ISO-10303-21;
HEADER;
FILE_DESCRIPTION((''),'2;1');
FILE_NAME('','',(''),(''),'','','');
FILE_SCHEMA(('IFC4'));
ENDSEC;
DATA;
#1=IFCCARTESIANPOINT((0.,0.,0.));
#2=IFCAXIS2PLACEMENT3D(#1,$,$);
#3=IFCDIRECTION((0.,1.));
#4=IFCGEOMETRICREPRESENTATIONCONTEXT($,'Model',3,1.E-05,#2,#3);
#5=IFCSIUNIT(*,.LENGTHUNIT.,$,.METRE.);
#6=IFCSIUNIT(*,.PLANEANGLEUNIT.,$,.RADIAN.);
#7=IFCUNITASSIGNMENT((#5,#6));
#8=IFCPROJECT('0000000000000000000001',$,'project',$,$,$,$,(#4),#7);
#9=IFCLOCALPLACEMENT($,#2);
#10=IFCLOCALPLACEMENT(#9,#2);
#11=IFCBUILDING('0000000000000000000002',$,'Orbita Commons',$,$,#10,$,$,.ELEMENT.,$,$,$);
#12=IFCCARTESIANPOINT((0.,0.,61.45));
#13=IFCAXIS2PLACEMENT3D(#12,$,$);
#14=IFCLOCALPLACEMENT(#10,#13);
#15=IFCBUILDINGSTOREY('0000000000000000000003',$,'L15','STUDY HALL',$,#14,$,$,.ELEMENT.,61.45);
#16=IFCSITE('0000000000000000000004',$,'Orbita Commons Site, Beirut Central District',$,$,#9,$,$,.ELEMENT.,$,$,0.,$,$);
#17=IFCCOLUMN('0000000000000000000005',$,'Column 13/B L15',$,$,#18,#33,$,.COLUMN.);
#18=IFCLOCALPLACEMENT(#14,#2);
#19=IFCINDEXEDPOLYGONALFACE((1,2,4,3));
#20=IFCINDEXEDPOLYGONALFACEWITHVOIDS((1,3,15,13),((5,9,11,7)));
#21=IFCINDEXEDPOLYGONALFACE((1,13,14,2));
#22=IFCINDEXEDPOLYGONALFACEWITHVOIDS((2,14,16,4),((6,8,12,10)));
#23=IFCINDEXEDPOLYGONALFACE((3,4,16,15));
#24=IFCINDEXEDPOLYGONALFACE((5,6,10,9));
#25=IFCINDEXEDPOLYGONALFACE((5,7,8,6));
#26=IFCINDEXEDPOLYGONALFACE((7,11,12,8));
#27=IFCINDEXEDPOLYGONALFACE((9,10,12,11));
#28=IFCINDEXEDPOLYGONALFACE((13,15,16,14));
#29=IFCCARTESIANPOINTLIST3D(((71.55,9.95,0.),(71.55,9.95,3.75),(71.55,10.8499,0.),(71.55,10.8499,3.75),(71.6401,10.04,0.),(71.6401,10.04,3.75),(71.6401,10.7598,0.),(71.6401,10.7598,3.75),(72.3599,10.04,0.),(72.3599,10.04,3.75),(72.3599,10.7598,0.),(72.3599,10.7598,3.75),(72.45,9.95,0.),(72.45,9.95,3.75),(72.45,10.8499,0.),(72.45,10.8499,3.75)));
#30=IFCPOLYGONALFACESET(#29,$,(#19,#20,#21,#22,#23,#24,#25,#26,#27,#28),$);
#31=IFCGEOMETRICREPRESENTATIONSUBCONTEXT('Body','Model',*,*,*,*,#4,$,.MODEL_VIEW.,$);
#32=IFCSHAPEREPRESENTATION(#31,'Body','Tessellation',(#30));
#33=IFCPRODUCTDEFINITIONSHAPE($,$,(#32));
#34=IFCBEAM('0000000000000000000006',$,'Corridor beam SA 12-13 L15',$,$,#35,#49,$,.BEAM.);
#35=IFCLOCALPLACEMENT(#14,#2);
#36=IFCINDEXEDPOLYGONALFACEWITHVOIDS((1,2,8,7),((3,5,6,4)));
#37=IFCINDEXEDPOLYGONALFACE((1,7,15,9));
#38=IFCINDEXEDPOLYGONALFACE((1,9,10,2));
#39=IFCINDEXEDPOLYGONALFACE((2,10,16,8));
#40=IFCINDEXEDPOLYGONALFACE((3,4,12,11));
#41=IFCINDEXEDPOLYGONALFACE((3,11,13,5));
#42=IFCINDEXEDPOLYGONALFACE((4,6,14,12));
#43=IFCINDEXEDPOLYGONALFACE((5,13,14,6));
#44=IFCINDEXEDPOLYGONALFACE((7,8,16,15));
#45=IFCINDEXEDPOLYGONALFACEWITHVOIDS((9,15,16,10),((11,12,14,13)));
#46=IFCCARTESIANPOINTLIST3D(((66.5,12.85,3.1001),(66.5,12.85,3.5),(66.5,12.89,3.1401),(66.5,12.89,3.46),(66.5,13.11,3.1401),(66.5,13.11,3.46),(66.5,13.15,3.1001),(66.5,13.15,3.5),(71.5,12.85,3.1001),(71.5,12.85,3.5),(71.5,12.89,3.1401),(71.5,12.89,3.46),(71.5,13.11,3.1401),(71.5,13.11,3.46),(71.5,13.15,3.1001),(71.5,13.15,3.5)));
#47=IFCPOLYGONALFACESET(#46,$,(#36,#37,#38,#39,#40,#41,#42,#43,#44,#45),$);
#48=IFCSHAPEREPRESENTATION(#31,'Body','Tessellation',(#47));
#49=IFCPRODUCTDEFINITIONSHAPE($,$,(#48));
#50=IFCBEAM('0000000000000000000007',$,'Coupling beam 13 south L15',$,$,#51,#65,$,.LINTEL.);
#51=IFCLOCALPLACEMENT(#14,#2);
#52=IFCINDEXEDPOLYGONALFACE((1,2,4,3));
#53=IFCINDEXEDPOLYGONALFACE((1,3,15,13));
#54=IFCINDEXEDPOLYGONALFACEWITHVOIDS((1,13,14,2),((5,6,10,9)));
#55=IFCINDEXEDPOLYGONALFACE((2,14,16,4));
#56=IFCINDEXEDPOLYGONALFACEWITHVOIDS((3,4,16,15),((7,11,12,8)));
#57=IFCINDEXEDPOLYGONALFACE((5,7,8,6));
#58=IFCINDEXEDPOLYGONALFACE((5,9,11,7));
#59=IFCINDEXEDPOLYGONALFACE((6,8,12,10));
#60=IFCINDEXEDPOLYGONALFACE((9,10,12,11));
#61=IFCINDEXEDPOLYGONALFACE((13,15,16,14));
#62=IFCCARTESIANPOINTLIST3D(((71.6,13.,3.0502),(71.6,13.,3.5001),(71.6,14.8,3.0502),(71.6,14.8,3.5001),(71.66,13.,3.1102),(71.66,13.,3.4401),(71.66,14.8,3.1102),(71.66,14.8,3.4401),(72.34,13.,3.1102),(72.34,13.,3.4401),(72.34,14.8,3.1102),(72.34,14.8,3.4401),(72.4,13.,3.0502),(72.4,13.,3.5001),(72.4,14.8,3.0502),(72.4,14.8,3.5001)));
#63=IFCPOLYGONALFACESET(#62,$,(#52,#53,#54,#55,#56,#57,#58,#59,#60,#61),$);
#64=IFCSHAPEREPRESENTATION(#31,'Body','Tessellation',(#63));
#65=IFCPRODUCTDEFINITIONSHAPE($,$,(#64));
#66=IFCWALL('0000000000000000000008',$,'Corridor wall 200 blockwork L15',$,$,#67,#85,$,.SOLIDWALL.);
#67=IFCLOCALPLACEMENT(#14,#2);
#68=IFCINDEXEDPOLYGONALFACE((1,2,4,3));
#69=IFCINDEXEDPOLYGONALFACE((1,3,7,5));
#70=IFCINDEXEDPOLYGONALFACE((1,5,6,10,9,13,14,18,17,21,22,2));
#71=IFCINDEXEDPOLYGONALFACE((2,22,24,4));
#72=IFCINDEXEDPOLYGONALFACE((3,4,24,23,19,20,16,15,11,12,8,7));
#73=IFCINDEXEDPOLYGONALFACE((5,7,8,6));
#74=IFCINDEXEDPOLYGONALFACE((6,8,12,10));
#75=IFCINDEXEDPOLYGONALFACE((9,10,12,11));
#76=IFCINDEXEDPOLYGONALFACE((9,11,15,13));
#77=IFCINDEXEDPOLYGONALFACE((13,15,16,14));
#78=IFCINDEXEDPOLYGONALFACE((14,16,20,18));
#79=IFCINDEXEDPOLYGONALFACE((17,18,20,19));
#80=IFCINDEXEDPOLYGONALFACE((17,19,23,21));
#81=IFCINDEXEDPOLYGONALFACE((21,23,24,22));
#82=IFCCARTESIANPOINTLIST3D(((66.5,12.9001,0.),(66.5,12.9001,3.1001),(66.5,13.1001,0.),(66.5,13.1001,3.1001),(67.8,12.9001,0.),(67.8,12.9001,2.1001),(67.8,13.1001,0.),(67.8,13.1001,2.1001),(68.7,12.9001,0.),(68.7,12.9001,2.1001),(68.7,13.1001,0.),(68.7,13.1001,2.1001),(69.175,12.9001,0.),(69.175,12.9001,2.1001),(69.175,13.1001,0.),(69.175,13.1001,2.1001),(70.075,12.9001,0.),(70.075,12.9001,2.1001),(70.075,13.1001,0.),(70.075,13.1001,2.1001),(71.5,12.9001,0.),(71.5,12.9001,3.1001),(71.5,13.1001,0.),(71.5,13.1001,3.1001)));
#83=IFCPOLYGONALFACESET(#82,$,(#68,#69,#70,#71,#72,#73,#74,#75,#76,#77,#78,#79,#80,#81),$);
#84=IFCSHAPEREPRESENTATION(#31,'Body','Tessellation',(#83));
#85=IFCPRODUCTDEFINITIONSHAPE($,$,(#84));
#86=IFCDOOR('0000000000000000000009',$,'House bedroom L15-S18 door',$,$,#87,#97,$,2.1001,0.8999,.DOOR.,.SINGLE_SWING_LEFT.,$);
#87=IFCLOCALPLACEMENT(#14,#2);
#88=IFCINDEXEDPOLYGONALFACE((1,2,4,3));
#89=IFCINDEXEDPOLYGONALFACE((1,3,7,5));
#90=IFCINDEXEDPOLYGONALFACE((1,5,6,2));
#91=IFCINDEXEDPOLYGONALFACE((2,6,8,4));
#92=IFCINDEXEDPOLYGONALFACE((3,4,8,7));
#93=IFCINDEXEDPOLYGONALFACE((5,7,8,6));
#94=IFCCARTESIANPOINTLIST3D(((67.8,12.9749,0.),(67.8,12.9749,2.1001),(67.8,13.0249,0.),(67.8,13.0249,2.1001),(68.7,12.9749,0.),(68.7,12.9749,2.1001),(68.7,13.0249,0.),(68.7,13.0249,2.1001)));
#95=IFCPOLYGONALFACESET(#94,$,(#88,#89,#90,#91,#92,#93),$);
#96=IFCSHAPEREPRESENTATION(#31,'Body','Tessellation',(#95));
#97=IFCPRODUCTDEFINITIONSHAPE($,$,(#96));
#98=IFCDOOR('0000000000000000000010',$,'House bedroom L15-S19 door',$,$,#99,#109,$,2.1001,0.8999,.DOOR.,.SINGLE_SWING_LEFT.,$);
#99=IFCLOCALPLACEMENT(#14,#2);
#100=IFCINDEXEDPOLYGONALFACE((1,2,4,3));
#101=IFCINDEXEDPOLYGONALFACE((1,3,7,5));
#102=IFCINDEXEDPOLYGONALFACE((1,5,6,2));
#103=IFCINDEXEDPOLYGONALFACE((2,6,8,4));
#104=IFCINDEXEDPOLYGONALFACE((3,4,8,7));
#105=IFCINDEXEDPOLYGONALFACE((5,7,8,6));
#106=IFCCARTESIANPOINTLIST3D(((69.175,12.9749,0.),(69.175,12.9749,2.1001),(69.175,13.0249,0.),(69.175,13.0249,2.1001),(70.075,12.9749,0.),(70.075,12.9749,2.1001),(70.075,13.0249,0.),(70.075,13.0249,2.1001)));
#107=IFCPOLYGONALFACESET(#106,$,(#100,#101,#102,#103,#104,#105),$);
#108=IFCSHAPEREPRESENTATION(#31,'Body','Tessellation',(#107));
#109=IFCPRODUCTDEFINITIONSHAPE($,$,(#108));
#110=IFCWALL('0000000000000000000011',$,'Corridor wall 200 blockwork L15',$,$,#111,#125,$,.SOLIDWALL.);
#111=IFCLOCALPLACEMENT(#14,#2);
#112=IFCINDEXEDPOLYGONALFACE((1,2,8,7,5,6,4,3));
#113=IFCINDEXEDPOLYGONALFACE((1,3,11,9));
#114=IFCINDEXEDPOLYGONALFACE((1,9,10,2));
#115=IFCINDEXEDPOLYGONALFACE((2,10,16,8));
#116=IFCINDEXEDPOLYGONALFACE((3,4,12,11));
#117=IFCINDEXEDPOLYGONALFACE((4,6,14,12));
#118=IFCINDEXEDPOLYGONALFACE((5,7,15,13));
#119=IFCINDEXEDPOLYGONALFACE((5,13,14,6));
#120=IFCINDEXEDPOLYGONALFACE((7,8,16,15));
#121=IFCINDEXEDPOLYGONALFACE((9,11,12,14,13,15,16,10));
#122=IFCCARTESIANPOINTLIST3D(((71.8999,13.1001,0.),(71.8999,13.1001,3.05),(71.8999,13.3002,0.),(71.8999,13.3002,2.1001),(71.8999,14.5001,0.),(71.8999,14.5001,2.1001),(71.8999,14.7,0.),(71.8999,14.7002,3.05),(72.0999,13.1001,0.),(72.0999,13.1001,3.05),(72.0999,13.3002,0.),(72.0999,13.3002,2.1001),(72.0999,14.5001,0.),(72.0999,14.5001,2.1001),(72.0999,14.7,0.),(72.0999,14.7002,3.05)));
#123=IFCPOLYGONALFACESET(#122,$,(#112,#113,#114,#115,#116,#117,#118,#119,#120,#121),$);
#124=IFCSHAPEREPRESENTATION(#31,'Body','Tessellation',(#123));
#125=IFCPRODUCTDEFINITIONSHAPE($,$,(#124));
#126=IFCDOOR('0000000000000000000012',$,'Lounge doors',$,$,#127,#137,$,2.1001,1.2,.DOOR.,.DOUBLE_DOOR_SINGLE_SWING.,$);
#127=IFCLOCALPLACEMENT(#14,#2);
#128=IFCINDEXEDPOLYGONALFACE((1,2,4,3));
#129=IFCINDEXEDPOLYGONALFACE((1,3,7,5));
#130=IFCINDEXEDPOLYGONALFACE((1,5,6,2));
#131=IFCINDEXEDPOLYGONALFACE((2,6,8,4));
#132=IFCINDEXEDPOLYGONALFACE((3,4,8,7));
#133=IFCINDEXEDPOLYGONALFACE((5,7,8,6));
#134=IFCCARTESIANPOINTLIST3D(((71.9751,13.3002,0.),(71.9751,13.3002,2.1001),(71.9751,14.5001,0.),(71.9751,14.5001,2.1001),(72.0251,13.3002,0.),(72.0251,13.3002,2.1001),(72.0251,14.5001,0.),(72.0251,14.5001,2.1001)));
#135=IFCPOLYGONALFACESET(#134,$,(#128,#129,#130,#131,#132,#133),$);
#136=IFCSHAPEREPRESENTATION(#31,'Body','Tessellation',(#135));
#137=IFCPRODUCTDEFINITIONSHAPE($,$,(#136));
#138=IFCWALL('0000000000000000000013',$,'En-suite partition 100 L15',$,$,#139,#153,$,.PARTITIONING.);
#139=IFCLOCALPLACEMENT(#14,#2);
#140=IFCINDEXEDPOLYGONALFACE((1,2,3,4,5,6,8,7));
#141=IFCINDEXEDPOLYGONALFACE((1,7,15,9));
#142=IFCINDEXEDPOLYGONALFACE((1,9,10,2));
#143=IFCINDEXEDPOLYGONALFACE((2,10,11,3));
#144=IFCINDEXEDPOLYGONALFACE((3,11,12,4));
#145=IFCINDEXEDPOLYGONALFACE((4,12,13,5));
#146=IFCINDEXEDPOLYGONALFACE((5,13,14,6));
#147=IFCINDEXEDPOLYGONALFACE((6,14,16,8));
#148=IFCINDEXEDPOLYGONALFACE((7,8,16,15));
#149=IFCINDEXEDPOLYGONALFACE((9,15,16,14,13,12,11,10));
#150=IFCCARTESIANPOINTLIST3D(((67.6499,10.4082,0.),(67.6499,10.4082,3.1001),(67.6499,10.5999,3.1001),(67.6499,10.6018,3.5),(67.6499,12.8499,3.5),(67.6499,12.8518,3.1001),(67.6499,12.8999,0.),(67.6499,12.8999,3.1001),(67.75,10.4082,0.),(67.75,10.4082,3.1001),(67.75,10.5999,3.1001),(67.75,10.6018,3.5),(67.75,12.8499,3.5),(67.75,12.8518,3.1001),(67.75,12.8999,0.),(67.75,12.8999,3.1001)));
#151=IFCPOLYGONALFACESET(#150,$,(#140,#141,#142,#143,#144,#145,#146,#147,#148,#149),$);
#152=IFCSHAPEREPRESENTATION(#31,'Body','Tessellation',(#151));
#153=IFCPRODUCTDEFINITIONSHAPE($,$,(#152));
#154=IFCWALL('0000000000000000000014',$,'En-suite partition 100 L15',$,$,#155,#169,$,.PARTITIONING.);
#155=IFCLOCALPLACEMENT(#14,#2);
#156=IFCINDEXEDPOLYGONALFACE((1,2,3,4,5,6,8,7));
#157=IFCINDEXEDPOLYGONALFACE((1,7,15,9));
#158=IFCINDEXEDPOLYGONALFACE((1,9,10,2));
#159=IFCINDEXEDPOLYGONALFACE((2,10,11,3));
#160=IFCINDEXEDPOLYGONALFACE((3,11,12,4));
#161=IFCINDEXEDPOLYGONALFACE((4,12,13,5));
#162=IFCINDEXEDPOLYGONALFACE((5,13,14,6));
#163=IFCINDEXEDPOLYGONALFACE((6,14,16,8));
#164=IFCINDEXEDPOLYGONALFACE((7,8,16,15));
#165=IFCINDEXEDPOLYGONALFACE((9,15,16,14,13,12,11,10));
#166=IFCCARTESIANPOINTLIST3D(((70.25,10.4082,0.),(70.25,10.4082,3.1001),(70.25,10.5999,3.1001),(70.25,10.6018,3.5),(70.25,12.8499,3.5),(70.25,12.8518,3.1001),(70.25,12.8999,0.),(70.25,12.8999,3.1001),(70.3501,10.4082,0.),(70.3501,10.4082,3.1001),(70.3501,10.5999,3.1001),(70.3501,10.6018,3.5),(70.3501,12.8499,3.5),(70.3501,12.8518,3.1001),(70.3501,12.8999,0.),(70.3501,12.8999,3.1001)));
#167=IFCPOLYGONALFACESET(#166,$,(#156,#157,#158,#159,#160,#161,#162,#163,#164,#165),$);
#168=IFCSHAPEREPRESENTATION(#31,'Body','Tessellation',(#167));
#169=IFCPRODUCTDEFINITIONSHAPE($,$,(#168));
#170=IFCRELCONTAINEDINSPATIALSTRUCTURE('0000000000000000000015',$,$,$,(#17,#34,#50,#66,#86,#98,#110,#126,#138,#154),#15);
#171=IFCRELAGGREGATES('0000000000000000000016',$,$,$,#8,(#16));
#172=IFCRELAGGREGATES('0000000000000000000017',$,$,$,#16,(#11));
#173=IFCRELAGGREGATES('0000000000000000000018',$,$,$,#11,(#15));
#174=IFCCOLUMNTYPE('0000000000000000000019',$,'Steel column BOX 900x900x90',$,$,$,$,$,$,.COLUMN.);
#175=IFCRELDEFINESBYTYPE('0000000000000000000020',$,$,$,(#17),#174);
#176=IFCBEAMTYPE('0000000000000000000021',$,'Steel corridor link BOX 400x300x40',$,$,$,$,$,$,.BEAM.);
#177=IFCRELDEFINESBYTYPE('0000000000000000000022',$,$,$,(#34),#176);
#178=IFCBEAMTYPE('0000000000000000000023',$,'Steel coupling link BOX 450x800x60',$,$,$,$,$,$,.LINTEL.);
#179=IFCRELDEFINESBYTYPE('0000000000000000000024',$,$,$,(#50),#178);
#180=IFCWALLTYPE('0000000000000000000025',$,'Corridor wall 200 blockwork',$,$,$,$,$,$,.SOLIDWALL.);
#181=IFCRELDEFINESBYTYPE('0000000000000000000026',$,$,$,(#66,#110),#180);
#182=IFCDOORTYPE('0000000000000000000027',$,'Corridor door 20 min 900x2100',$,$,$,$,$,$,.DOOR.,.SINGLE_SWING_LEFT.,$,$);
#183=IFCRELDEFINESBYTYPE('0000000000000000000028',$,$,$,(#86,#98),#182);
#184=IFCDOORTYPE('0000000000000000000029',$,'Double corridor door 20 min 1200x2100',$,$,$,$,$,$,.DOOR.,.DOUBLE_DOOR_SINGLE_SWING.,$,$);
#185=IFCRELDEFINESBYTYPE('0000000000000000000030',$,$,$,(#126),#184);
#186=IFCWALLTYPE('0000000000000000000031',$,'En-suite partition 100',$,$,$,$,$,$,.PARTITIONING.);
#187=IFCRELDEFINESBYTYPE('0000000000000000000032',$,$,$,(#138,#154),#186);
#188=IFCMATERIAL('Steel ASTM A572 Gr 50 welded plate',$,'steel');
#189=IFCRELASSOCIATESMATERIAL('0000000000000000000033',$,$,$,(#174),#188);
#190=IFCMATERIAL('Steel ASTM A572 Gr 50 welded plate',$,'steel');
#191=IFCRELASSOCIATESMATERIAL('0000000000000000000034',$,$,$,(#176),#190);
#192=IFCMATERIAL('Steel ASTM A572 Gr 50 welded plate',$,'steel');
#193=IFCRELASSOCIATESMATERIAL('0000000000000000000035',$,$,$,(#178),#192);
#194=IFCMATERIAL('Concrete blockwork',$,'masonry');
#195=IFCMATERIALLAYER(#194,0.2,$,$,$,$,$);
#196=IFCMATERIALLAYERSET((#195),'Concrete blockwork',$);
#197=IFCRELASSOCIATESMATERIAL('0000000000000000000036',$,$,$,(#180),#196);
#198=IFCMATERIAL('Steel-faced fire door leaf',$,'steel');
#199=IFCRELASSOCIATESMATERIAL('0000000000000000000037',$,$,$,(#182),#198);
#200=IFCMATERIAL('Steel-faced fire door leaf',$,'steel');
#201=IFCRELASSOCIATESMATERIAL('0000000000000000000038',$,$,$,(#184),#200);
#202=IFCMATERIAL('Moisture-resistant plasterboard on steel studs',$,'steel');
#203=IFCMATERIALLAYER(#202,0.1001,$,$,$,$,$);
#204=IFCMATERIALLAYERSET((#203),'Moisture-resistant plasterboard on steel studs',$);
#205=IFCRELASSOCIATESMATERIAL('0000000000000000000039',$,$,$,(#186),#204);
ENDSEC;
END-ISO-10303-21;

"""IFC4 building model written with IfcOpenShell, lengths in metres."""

from ifc_helpers import new_model, si_unit, direction, frame, frame_2d, origin, origin_2d, place, context, subcontext, project, spatial, polyline, rectangle, hollow_rectangle, outline, extrude, material, layer, layer_set, material_profile, profile_set, type_object, element, fill, save


model = new_model("IFC4")

# Units and contexts
model_context = context("Model", 3, precision=1e-05, world=origin(), true_north=direction((0.0, 1.0)))
body_context = subcontext(model_context, "Body", "Model", "MODEL_VIEW")
ifc_project = project(units=[si_unit("LENGTHUNIT", "METRE"), si_unit("PLANEANGLEUNIT", "RADIAN")], contexts=[model_context])

# Site, building, storey
site_placement = place(None, origin())
site = spatial("IfcSite", under=ifc_project, at=site_placement, Name="Orbita Commons Site, Beirut Central District", CompositionType="ELEMENT", RefElevation=0.0)
building_placement = place(site_placement, origin())
building = spatial("IfcBuilding", under=site, at=building_placement, Name="Orbita Commons", CompositionType="ELEMENT")
storey_placement = place(building_placement, frame((0.0, 0.0, 61.45)))
storey = spatial("IfcBuildingStorey", under=building, at=storey_placement, Name="L15", Description="STUDY HALL", CompositionType="ELEMENT", Elevation=61.45)

# Column
ifc_material_1 = material(Name="Steel ASTM A572 Gr 50 welded plate", Category="steel")
ifc_material_profile_1 = material_profile(ifc_material_1, hollow_rectangle(XDim=0.8999, YDim=0.8999, WallThickness=0.0901, at=origin_2d()), Name="BOX 900x900x90")
ifc_profile_set_1 = profile_set([ifc_material_profile_1], Name="Steel ASTM A572 Gr 50 welded plate")
column_type = type_object("IfcColumnType", Name="Steel column BOX 900x900x90", PredefinedType="COLUMN", material=ifc_profile_set_1)
column_placement = place(storey_placement, frame((72.0, 10.3999, 0.0), z_axis=(0.0, 0.0, 1.0), x_axis=(1.0, 0.0, 0.0)))
element("IfcColumn", 1, at=column_placement, inside=storey, type_object=column_type, Name="Column 13/B L15", PredefinedType="COLUMN", context=body_context, shape_type="SweptSolid", body=[
    extrude(hollow_rectangle(XDim=0.8999, YDim=0.8999, WallThickness=0.0901, at=origin_2d()), origin(), (0.0, 0.0, 1.0), 3.75),
])

# Beams
ifc_material_2 = material(Name="Steel ASTM A572 Gr 50 welded plate", Category="steel")
ifc_material_profile_2 = material_profile(ifc_material_2, hollow_rectangle(XDim=0.3, YDim=0.3999, WallThickness=0.04, at=origin_2d()), Name="BOX 400x300x40")
ifc_profile_set_2 = profile_set([ifc_material_profile_2], Name="Steel ASTM A572 Gr 50 welded plate")
beam_type_1 = type_object("IfcBeamType", Name="Steel corridor link BOX 400x300x40", PredefinedType="BEAM", material=ifc_profile_set_2)
beam_1_placement = place(storey_placement, frame((66.5, 13.0, 3.3), z_axis=(1.0, 0.0, 0.0), x_axis=(0.0, 1.0, 0.0)))
element("IfcBeam", 2, at=beam_1_placement, inside=storey, type_object=beam_type_1, Name="Corridor beam SA 12-13 L15", PredefinedType="BEAM", context=body_context, shape_type="SweptSolid", body=[
    extrude(hollow_rectangle(XDim=0.3, YDim=0.3999, WallThickness=0.04, at=origin_2d()), origin(), (0.0, 0.0, 1.0), 5.0),
])
ifc_material_3 = material(Name="Steel ASTM A572 Gr 50 welded plate", Category="steel")
ifc_material_profile_3 = material_profile(ifc_material_3, hollow_rectangle(XDim=0.8, YDim=0.45, WallThickness=0.0601, at=origin_2d()), Name="BOX 450x800x60")
ifc_profile_set_3 = profile_set([ifc_material_profile_3], Name="Steel ASTM A572 Gr 50 welded plate")
beam_type_2 = type_object("IfcBeamType", Name="Steel coupling link BOX 450x800x60", PredefinedType="LINTEL", material=ifc_profile_set_3)
beam_2_placement = place(storey_placement, frame((72.0, 13.0, 3.2751), z_axis=(0.0, 1.0, 0.0), x_axis=(-1.0, 0.0, 0.0)))
element("IfcBeam", 3, at=beam_2_placement, inside=storey, type_object=beam_type_2, Name="Coupling beam 13 south L15", PredefinedType="LINTEL", context=body_context, shape_type="SweptSolid", body=[
    extrude(hollow_rectangle(XDim=0.8, YDim=0.45, WallThickness=0.0601, at=origin_2d()), origin(), (0.0, 0.0, 1.0), 1.8),
])

# Wall, openings, doors
ifc_material_4 = material(Name="Concrete blockwork", Category="masonry")
ifc_layer_1 = layer(ifc_material_4, 0.2)
ifc_layer_set_1 = layer_set([ifc_layer_1], Name="Concrete blockwork")
wall_type_1 = type_object("IfcWallType", Name="Corridor wall 200 blockwork", PredefinedType="SOLIDWALL", material=ifc_layer_set_1)
wall_1_placement = place(storey_placement, frame((66.5, 13.0, 0.0), z_axis=(0.0, 0.0, 1.0), x_axis=(1.0, 0.0, 0.0)))
wall_1 = element("IfcWall", 4, at=wall_1_placement, inside=storey, type_object=wall_type_1, Name="Corridor wall 200 blockwork L15", PredefinedType="SOLIDWALL", context=body_context, shape_type="SweptSolid", body=[
    extrude(outline(polyline([(0.0, 0.0), (5.0, 0.0), (5.0, 3.1001), (0.0, 3.1001), (0.0, 0.0)])), frame((0.0, 0.1001, 0.0), z_axis=(0.0, -1.0, 0.0), x_axis=(1.0, 0.0, 0.0)), (0.0, 0.0, 1.0), 0.2),
])
opening_1_placement = place(wall_1_placement, frame((1.3, 0.0, 0.0)))
opening_1 = element("IfcOpeningElement", 5, at=opening_1_placement, cuts=wall_1, PredefinedType="OPENING", context=body_context, shape_type="SweptSolid", body=[
    extrude(rectangle(XDim=0.8999, YDim=2.1001, at=frame_2d((0.45, 1.05))), frame((0.0, 0.1099, 0.0), z_axis=(0.0, -1.0, 0.0), x_axis=(1.0, 0.0, 0.0)), (0.0, 0.0, 1.0), 0.22),
])
opening_2_placement = place(wall_1_placement, frame((2.675, 0.0, 0.0)))
opening_2 = element("IfcOpeningElement", 6, at=opening_2_placement, cuts=wall_1, PredefinedType="OPENING", context=body_context, shape_type="SweptSolid", body=[
    extrude(rectangle(XDim=0.8999, YDim=2.1001, at=frame_2d((0.45, 1.05))), frame((0.0, 0.1099, 0.0), z_axis=(0.0, -1.0, 0.0), x_axis=(1.0, 0.0, 0.0)), (0.0, 0.0, 1.0), 0.22),
])
ifc_material_5 = material(Name="Steel-faced fire door leaf", Category="steel")
door_type_1 = type_object("IfcDoorType", Name="Corridor door 20 min 900x2100", OperationType="SINGLE_SWING_LEFT", PredefinedType="DOOR", material=ifc_material_5)
door_1_placement = place(opening_1_placement, origin())
door_1 = element("IfcDoor", 7, at=door_1_placement, inside=storey, type_object=door_type_1, Name="House bedroom L15-S18 door", OperationType="SINGLE_SWING_LEFT", OverallHeight=2.1001, OverallWidth=0.8999, PredefinedType="DOOR", context=body_context, shape_type="SweptSolid", body=[
    extrude(rectangle(XDim=0.8999, YDim=2.1001, at=frame_2d((0.45, 1.05))), frame((0.0, 0.0249, 0.0), z_axis=(0.0, -1.0, 0.0), x_axis=(1.0, 0.0, 0.0)), (0.0, 0.0, 1.0), 0.05),
])
fill(opening_1, door_1)
door_2_placement = place(opening_2_placement, origin())
door_2 = element("IfcDoor", 8, at=door_2_placement, inside=storey, type_object=door_type_1, Name="House bedroom L15-S19 door", OperationType="SINGLE_SWING_LEFT", OverallHeight=2.1001, OverallWidth=0.8999, PredefinedType="DOOR", context=body_context, shape_type="SweptSolid", body=[
    extrude(rectangle(XDim=0.8999, YDim=2.1001, at=frame_2d((0.45, 1.05))), frame((0.0, 0.0249, 0.0), z_axis=(0.0, -1.0, 0.0), x_axis=(1.0, 0.0, 0.0)), (0.0, 0.0, 1.0), 0.05),
])
fill(opening_2, door_2)

# Wall, opening, door
wall_2_placement = place(storey_placement, frame((72.0, 13.1001, 0.0), z_axis=(0.0, 0.0, 1.0), x_axis=(0.0, 1.0, 0.0)))
wall_2 = element("IfcWall", 9, at=wall_2_placement, inside=storey, type_object=wall_type_1, Name="Corridor wall 200 blockwork L15", PredefinedType="SOLIDWALL", context=body_context, shape_type="SweptSolid", body=[
    extrude(outline(polyline([(0.0, 0.0), (1.5999, 0.0), (1.6001, 3.05), (0.0, 3.05), (0.0, 0.0)])), frame((0.0, 0.1001, 0.0), z_axis=(0.0, -1.0, 0.0), x_axis=(1.0, 0.0, 0.0)), (0.0, 0.0, 1.0), 0.2),
])
opening_3_placement = place(wall_2_placement, frame((0.2, 0.0, 0.0)))
opening_3 = element("IfcOpeningElement", 10, at=opening_3_placement, cuts=wall_2, PredefinedType="OPENING", context=body_context, shape_type="SweptSolid", body=[
    extrude(rectangle(XDim=1.2, YDim=2.1001, at=frame_2d((0.6001, 1.05))), frame((0.0, 0.1099, 0.0), z_axis=(0.0, -1.0, 0.0), x_axis=(1.0, 0.0, 0.0)), (0.0, 0.0, 1.0), 0.22),
])
ifc_material_6 = material(Name="Steel-faced fire door leaf", Category="steel")
door_type_2 = type_object("IfcDoorType", Name="Double corridor door 20 min 1200x2100", OperationType="DOUBLE_DOOR_SINGLE_SWING", PredefinedType="DOOR", material=ifc_material_6)
door_3_placement = place(opening_3_placement, origin())
door_3 = element("IfcDoor", 11, at=door_3_placement, inside=storey, type_object=door_type_2, Name="Lounge doors", OperationType="DOUBLE_DOOR_SINGLE_SWING", OverallHeight=2.1001, OverallWidth=1.2, PredefinedType="DOOR", context=body_context, shape_type="SweptSolid", body=[
    extrude(rectangle(XDim=1.2, YDim=2.1001, at=frame_2d((0.6001, 1.05))), frame((0.0, 0.0249, 0.0), z_axis=(0.0, -1.0, 0.0), x_axis=(1.0, 0.0, 0.0)), (0.0, 0.0, 1.0), 0.05),
])
fill(opening_3, door_3)

# Walls
ifc_material_7 = material(Name="Moisture-resistant plasterboard on steel studs", Category="steel")
ifc_layer_2 = layer(ifc_material_7, 0.1001)
ifc_layer_set_2 = layer_set([ifc_layer_2], Name="Moisture-resistant plasterboard on steel studs")
wall_type_2 = type_object("IfcWallType", Name="En-suite partition 100", PredefinedType="PARTITIONING", material=ifc_layer_set_2)
for number, where, z_axis, x_axis, name in (
    (12, (67.7, 10.4082, 0.0), (0.0, 0.0, 1.0), (0.0, 1.0, 0.0), "En-suite partition 100 L15"),
    (13, (70.3, 10.4082, 0.0), (0.0, 0.0, 1.0), (0.0, 1.0, 0.0), "En-suite partition 100 L15"),
):
    element("IfcWall", number, at=place(storey_placement, frame(where, z_axis=z_axis, x_axis=x_axis)), inside=storey, type_object=wall_type_2, Name=name, PredefinedType="PARTITIONING", context=body_context, shape_type="SweptSolid", body=[
        extrude(outline(polyline([(0.0, 0.0), (2.4917, 0.0), (2.4917, 3.1001), (2.4436, 3.1001), (2.4417, 3.5), (0.1936, 3.5), (0.1917, 3.1001), (0.0, 3.1001), (0.0, 0.0)])), frame((0.0, 0.05, 0.0), z_axis=(0.0, -1.0, 0.0), x_axis=(1.0, 0.0, 0.0)), (0.0, 0.0, 1.0), 0.1001),
    ])

save(model, "model.ifc")
